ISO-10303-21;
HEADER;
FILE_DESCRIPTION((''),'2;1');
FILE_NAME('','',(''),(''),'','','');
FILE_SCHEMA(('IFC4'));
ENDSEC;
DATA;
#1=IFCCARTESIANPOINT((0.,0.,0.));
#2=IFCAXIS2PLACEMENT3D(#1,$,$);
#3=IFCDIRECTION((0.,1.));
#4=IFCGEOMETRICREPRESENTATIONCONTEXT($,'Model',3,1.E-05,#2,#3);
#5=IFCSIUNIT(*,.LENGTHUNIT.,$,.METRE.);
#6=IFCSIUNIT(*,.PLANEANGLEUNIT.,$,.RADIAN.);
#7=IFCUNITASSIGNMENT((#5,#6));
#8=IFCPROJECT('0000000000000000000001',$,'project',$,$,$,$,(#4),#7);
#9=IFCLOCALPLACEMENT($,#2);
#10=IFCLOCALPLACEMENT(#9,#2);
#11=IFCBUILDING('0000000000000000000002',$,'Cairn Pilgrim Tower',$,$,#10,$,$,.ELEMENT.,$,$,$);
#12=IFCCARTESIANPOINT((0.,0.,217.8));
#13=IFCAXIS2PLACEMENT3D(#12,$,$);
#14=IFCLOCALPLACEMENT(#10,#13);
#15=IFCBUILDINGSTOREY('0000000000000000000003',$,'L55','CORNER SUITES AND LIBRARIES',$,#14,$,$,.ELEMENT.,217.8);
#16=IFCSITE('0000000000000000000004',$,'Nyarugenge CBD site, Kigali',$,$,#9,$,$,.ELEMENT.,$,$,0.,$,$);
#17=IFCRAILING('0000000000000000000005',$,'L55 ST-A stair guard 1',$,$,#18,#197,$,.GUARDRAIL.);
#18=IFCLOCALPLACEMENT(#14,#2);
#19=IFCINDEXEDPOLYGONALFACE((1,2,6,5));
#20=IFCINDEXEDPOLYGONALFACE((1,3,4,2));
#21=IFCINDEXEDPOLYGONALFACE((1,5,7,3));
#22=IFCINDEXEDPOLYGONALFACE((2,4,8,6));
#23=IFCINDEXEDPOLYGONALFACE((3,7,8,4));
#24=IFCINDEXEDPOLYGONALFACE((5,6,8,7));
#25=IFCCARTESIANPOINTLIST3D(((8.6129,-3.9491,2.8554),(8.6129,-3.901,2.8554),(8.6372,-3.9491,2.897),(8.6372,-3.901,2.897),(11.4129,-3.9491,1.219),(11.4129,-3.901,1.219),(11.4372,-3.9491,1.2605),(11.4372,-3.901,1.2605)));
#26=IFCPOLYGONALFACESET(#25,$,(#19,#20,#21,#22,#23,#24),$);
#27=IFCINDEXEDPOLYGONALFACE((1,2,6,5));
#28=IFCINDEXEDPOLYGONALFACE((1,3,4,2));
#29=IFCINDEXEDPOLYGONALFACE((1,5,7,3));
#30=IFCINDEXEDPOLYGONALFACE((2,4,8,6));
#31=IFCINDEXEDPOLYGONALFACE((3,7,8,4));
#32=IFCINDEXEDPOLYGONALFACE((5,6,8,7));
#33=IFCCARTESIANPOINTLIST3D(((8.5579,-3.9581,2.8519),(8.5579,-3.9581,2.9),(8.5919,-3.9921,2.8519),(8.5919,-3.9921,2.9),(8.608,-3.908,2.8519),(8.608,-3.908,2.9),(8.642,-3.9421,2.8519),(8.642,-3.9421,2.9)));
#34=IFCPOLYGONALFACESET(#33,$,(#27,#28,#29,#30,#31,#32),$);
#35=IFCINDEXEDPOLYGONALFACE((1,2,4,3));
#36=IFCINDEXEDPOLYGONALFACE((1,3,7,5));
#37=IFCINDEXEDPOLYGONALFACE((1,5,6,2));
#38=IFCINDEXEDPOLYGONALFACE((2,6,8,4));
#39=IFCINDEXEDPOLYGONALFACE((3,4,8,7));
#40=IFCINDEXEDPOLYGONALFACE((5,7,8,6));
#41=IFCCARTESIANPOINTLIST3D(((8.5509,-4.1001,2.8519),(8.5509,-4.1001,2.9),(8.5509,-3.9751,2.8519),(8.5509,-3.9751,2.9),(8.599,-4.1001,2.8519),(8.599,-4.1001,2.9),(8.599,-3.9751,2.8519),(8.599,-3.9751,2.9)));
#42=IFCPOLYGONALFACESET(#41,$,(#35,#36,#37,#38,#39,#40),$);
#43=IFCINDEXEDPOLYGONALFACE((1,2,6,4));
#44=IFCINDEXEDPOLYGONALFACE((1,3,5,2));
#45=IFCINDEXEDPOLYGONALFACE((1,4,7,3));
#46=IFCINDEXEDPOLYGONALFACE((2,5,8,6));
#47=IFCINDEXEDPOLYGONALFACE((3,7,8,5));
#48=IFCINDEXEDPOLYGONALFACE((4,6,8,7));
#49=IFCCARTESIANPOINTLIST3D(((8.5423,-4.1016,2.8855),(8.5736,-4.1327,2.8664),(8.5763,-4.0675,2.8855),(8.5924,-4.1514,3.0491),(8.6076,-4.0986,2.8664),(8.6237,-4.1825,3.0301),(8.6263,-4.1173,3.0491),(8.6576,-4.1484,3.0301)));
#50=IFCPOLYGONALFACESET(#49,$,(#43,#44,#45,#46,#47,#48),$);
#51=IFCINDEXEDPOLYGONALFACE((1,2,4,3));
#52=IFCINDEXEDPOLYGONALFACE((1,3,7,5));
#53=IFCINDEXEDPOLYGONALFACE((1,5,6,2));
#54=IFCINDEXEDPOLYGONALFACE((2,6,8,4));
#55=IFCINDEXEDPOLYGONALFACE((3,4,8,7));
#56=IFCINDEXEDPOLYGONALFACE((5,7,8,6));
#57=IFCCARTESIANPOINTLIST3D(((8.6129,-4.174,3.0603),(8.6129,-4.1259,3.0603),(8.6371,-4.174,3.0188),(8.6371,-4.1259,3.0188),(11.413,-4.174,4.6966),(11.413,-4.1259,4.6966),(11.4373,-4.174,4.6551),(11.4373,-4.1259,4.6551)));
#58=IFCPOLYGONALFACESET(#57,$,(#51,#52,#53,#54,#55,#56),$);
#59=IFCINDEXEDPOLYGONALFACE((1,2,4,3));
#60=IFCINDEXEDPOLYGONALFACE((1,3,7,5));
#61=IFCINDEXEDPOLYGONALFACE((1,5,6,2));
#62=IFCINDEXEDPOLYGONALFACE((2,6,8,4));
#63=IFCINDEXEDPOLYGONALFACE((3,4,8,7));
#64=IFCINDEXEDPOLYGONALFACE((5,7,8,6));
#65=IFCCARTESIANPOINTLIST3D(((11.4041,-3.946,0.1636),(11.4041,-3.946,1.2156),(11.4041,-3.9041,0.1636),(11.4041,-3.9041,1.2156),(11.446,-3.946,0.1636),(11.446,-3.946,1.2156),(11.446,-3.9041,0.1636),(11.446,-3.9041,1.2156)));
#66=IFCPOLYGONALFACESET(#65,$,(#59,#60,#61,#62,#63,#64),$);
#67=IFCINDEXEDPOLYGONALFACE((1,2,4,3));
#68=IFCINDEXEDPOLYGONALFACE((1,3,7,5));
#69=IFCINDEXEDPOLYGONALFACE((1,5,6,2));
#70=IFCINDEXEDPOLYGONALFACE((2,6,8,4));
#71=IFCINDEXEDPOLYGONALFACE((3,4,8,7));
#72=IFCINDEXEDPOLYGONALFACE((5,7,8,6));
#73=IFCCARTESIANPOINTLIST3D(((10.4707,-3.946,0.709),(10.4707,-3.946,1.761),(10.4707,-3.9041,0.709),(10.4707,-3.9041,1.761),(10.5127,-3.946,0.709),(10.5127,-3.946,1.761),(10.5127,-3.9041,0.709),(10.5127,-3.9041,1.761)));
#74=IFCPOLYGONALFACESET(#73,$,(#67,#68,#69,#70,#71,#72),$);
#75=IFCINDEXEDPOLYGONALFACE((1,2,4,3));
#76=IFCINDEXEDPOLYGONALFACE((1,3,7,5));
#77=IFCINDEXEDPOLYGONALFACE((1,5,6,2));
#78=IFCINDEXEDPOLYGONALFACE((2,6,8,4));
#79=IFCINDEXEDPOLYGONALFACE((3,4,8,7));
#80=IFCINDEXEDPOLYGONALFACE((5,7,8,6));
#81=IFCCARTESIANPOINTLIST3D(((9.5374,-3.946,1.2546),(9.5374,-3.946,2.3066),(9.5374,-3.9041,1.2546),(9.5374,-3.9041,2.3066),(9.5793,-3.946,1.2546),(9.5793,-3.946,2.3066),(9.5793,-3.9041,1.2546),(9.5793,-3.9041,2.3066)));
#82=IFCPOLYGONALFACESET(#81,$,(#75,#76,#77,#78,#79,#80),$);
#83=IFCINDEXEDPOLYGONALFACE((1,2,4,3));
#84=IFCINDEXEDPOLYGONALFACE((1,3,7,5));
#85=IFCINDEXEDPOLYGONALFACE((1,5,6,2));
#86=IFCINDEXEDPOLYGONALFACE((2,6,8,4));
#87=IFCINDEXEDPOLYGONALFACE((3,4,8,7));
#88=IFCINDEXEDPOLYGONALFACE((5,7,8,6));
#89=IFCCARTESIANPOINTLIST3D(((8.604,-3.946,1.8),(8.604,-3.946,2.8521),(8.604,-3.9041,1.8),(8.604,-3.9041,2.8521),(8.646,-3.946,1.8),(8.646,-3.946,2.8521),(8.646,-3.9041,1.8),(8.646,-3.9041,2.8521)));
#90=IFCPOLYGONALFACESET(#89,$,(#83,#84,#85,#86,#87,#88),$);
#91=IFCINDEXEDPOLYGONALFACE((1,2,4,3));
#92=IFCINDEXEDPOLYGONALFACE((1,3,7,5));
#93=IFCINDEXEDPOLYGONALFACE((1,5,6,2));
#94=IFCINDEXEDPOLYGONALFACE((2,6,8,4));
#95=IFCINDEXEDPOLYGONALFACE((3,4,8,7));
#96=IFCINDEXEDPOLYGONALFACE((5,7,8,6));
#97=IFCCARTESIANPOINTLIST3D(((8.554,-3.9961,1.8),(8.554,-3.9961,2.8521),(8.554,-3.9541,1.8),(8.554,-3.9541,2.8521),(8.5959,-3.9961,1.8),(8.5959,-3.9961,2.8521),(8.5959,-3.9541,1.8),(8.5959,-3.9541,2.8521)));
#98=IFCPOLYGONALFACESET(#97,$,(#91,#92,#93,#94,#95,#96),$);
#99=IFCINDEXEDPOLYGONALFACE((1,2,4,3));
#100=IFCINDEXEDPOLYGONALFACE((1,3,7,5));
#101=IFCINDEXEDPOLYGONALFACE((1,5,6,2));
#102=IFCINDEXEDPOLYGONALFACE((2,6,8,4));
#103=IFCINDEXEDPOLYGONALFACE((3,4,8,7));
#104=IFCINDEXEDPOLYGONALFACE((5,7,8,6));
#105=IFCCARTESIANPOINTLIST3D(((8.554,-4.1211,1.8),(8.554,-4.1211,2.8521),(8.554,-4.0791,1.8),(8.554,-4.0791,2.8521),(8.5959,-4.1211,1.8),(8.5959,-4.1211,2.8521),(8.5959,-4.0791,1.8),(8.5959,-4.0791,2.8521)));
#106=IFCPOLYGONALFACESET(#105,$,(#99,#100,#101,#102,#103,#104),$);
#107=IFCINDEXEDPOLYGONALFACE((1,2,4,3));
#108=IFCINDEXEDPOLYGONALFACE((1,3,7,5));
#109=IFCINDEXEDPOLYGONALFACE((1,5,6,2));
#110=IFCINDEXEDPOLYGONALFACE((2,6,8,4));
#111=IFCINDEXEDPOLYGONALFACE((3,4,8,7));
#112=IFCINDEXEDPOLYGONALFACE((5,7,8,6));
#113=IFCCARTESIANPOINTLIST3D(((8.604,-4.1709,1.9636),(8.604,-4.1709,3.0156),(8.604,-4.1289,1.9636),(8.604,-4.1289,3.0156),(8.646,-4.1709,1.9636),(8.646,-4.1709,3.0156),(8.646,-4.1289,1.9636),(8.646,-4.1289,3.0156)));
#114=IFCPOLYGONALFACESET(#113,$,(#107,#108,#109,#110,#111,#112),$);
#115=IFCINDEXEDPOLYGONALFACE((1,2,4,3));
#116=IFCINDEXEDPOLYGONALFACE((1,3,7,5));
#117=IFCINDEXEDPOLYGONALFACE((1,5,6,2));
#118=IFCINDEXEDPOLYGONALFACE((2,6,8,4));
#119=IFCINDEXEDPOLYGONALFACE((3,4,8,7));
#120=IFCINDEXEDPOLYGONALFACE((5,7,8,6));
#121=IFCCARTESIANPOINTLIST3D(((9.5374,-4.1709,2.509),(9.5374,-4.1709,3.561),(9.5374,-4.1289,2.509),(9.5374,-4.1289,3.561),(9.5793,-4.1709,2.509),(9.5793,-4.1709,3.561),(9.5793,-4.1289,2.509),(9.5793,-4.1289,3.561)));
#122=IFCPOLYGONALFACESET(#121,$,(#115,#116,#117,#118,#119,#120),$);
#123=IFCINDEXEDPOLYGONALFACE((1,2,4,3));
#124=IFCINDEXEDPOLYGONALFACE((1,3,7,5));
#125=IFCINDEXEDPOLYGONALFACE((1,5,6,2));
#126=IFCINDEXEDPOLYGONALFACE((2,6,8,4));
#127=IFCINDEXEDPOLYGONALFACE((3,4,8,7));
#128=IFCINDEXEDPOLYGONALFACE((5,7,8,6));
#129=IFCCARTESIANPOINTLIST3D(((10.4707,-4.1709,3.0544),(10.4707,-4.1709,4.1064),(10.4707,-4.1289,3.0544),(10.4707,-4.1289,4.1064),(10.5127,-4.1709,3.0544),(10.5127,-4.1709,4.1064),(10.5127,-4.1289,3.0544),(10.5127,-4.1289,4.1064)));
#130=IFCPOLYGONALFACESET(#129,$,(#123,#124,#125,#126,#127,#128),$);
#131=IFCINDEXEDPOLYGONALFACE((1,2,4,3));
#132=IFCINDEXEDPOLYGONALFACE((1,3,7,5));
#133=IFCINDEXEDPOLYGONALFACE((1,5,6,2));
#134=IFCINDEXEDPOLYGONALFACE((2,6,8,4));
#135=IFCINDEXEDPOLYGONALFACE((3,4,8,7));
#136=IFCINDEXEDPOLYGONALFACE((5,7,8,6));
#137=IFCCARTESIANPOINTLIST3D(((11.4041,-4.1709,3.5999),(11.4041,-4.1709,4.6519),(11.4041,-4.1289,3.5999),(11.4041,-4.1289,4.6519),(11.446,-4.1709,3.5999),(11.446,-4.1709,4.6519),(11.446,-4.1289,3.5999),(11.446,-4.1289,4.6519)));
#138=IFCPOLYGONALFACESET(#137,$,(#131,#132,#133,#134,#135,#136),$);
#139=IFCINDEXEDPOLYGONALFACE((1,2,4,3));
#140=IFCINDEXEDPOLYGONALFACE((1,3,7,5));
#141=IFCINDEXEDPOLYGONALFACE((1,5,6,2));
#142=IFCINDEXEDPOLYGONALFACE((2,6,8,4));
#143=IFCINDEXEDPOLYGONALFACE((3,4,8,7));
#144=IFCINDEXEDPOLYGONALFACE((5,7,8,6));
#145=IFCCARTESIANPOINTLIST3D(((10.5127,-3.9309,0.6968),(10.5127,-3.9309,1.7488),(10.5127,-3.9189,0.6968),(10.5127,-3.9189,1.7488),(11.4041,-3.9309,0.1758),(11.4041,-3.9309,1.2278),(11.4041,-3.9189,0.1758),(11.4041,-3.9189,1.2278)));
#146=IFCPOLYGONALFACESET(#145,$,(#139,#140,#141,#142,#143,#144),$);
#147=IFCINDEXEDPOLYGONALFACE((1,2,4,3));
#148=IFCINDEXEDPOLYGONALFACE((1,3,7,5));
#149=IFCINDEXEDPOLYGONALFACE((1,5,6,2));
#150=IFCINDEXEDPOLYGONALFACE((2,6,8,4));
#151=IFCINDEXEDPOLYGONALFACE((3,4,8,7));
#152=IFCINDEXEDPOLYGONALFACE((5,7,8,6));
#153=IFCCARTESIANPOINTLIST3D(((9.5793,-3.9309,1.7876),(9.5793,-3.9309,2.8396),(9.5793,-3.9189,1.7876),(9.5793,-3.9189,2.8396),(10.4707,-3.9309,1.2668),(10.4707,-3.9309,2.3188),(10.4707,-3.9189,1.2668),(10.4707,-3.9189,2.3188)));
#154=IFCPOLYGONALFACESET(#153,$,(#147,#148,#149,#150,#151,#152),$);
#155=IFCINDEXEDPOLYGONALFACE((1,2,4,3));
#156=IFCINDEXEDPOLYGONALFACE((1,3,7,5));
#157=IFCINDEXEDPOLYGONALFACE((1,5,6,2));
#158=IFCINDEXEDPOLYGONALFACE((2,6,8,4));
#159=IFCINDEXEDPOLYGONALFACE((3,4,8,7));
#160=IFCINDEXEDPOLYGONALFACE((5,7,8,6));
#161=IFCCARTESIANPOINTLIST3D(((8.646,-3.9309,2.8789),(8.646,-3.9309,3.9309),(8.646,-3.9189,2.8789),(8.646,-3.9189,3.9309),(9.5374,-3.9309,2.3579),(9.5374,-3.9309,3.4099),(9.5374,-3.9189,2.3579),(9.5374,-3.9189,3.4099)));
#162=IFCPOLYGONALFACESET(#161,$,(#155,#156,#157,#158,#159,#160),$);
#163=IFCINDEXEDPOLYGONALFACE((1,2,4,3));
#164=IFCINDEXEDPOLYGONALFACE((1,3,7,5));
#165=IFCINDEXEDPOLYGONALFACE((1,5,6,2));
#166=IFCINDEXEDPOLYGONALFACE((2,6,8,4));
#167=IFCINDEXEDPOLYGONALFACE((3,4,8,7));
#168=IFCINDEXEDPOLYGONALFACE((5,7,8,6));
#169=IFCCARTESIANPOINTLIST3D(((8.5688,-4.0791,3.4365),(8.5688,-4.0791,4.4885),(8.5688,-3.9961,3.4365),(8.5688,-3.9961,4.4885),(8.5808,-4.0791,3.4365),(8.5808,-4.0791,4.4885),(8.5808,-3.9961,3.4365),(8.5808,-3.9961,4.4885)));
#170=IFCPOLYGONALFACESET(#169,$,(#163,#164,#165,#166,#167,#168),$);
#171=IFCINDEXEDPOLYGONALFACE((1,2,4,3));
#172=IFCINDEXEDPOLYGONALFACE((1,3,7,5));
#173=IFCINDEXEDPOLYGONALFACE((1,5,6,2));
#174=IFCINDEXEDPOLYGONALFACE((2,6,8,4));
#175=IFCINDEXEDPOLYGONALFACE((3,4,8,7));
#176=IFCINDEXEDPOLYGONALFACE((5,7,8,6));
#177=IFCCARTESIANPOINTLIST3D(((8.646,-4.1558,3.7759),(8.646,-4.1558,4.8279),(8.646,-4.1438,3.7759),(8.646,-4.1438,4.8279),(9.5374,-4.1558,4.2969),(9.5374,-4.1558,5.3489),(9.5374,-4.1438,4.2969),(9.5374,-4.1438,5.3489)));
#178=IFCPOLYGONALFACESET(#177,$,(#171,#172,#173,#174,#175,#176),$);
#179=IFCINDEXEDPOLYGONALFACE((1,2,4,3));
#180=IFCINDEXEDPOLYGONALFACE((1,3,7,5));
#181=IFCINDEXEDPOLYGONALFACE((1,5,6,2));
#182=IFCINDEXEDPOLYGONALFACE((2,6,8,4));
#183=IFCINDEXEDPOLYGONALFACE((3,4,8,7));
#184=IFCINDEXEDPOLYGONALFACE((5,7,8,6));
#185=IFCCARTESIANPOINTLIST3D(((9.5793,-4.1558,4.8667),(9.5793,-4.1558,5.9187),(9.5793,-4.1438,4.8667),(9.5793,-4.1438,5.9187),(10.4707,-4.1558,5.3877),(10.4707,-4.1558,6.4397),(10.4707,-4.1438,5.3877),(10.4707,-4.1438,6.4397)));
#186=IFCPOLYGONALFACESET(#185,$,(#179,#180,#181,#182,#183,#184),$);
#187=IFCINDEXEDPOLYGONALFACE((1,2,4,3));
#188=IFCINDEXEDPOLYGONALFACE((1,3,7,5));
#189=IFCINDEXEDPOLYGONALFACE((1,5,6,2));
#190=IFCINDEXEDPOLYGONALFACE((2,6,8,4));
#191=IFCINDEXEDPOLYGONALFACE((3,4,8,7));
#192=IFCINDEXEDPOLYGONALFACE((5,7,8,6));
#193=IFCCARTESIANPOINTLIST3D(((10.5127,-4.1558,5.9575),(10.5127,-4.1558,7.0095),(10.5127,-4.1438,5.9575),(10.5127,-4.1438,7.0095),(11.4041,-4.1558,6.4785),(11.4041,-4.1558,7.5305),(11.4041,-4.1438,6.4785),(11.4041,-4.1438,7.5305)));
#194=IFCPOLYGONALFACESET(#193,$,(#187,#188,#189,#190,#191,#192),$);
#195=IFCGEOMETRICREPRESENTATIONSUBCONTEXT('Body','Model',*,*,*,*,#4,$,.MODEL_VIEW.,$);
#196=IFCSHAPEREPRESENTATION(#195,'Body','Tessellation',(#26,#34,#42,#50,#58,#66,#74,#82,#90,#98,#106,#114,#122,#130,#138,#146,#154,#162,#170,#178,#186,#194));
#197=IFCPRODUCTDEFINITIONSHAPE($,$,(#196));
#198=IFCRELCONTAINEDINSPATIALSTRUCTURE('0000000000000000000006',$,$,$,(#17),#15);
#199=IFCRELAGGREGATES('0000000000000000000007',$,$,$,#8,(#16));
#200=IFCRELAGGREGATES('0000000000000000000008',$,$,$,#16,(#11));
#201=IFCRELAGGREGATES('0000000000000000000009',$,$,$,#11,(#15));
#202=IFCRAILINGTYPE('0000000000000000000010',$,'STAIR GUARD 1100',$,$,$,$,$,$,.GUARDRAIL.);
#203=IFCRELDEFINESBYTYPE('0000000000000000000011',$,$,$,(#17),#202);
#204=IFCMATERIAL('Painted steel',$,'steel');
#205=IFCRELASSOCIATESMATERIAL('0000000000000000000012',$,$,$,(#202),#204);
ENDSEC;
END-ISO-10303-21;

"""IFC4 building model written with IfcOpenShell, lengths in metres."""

from ifc_helpers import new_model, si_unit, direction, frame, origin, origin_2d, place, context, subcontext, project, spatial, polyline, rectangle, outline, extrude, material, type_object, element, save


model = new_model("IFC4")

# Units and contexts
model_context = context("Model", 3, precision=1e-05, world=origin(), true_north=direction((0.0, 1.0)))
body_context = subcontext(model_context, "Body", "Model", "MODEL_VIEW")
ifc_project = project(units=[si_unit("LENGTHUNIT", "METRE"), si_unit("PLANEANGLEUNIT", "RADIAN")], contexts=[model_context])

# Site, building, storey
site_placement = place(None, origin())
site = spatial("IfcSite", under=ifc_project, at=site_placement, Name="Nyarugenge CBD site, Kigali", CompositionType="ELEMENT", RefElevation=0.0)
building_placement = place(site_placement, origin())
building = spatial("IfcBuilding", under=site, at=building_placement, Name="Cairn Pilgrim Tower", CompositionType="ELEMENT")
storey_placement = place(building_placement, frame((0.0, 0.0, 217.8)))
storey = spatial("IfcBuildingStorey", under=building, at=storey_placement, Name="L55", Description="CORNER SUITES AND LIBRARIES", CompositionType="ELEMENT", Elevation=217.8)

# Shared definitions
ifc_material_1 = material(Name="Painted steel", Category="steel")

# Railing
railing_type_1 = type_object("IfcRailingType", Name="STAIR GUARD 1100", PredefinedType="GUARDRAIL", material=ifc_material_1)
railing_1_placement = place(storey_placement, frame((11.425, -3.925, 0.1636)))
element("IfcRailing", 1, at=railing_1_placement, inside=storey, type_object=railing_type_1, Name="L55 ST-A stair guard 1", PredefinedType="GUARDRAIL", context=body_context, shape_type="SweptSolid", body=[
    extrude(rectangle(XDim=0.0481, YDim=0.0481, at=origin_2d()), frame((0.0, 0.0, 1.0762), z_axis=(-0.863361, 0.0, 0.504587), x_axis=(0.0, -1.0, 0.0)), (0.0, 0.0, 1.0), 3.2432),
    extrude(rectangle(XDim=0.0481, YDim=0.0481, at=origin_2d()), frame((-2.8, 0.0, 2.7124), z_axis=(-0.707107, -0.707107, 0.0), x_axis=(0.707107, -0.707107, 0.0)), (0.0, 0.0, 1.0), 0.0708),
    extrude(rectangle(XDim=0.0481, YDim=0.0481, at=origin_2d()), frame((-2.8501, -0.05, 2.7124), z_axis=(0.0, -1.0, 0.0), x_axis=(1.0, 0.0, 0.0)), (0.0, 0.0, 1.0), 0.125),
    extrude(rectangle(XDim=0.0481, YDim=0.0481, at=origin_2d()), frame((-2.8501, -0.175, 2.7124), z_axis=(0.280917, -0.279546, 0.918118), x_axis=(0.705376, 0.708834, 0.0)), (0.0, 0.0, 1.0), 0.1782),
    extrude(rectangle(XDim=0.0481, YDim=0.0481, at=origin_2d()), frame((-2.8, -0.2249, 2.876), z_axis=(0.863394, 0.0, 0.504531), x_axis=(0.0, 1.0, 0.0)), (0.0, 0.0, 1.0), 3.2432),
    extrude(rectangle(XDim=0.042, YDim=0.042, at=origin_2d()), origin(), (0.0, 0.0, 1.0), 1.052),
    extrude(rectangle(XDim=0.042, YDim=0.042, at=origin_2d()), frame((-0.9333, 0.0, 0.5454)), (0.0, 0.0, 1.0), 1.052),
    extrude(rectangle(XDim=0.042, YDim=0.042, at=origin_2d()), frame((-1.8667, 0.0, 1.0911)), (0.0, 0.0, 1.0), 1.052),
    extrude(rectangle(XDim=0.042, YDim=0.042, at=origin_2d()), frame((-2.8, 0.0, 1.6365)), (0.0, 0.0, 1.0), 1.052),
    extrude(rectangle(XDim=0.042, YDim=0.042, at=origin_2d()), frame((-2.8501, -0.05, 1.6365)), (0.0, 0.0, 1.0), 1.052),
    extrude(rectangle(XDim=0.042, YDim=0.042, at=origin_2d()), frame((-2.8501, -0.175, 1.6365)), (0.0, 0.0, 1.0), 1.052),
    extrude(rectangle(XDim=0.042, YDim=0.042, at=origin_2d()), frame((-2.8, -0.2249, 1.8)), (0.0, 0.0, 1.0), 1.052),
    extrude(rectangle(XDim=0.042, YDim=0.042, at=origin_2d()), frame((-1.8667, -0.2249, 2.3455)), (0.0, 0.0, 1.0), 1.052),
    extrude(rectangle(XDim=0.042, YDim=0.042, at=origin_2d()), frame((-0.9333, -0.2249, 2.8909)), (0.0, 0.0, 1.0), 1.052),
    extrude(rectangle(XDim=0.042, YDim=0.042, at=origin_2d()), frame((0.0, -0.2249, 3.4363)), (0.0, 0.0, 1.0), 1.052),
    extrude(outline(polyline([(0.021, 0.0122), (0.9124, 0.5332), (0.9124, 1.5852), (0.021, 1.0642), (0.021, 0.0122)])), frame((0.0, -0.0059, 0.0), z_axis=(0.0, 1.0, 0.0), x_axis=(-1.0, 0.0, 0.0)), (0.0, 0.0, 1.0), 0.012),
    extrude(outline(polyline([(0.021, 0.5579), (0.9124, 1.0786), (0.9124, 2.1306), (0.021, 1.6099), (0.021, 0.5579)])), frame((-0.9333, -0.0059, 0.5454), z_axis=(0.0, 1.0, 0.0), x_axis=(-1.0, 0.0, 0.0)), (0.0, 0.0, 1.0), 0.012),
    extrude(outline(polyline([(0.021, 1.1033), (0.9124, 1.6243), (0.9124, 2.6763), (0.021, 2.1553), (0.021, 1.1033)])), frame((-1.8667, -0.0059, 1.0911), z_axis=(0.0, 1.0, 0.0), x_axis=(-1.0, 0.0, 0.0)), (0.0, 0.0, 1.0), 0.012),
    extrude(outline(polyline([(0.021, 1.6365), (0.104, 1.6365), (0.104, 2.6885), (0.021, 2.6885), (0.021, 1.6365)])), frame((-2.8442, -0.05, 1.6365), z_axis=(-1.0, 0.0, 0.0), x_axis=(0.0, -1.0, 0.0)), (0.0, 0.0, 1.0), 0.012),
    extrude(outline(polyline([(0.021, 1.8123), (0.9124, 2.3333), (0.9124, 3.3853), (0.021, 2.8643), (0.021, 1.8123)])), frame((-2.8, -0.2188, 1.8), z_axis=(0.0, -1.0, 0.0), x_axis=(1.0, 0.0, 0.0)), (0.0, 0.0, 1.0), 0.012),
    extrude(outline(polyline([(0.021, 2.3577), (0.9124, 2.8787), (0.9124, 3.9307), (0.021, 3.4097), (0.021, 2.3577)])), frame((-1.8667, -0.2188, 2.3455), z_axis=(0.0, -1.0, 0.0), x_axis=(1.0, 0.0, 0.0)), (0.0, 0.0, 1.0), 0.012),
    extrude(outline(polyline([(0.021, 2.9031), (0.9124, 3.4241), (0.9124, 4.4761), (0.021, 3.9551), (0.021, 2.9031)])), frame((-0.9333, -0.2188, 2.8909), z_axis=(0.0, -1.0, 0.0), x_axis=(1.0, 0.0, 0.0)), (0.0, 0.0, 1.0), 0.012),
])

save(model, "model.ifc")
